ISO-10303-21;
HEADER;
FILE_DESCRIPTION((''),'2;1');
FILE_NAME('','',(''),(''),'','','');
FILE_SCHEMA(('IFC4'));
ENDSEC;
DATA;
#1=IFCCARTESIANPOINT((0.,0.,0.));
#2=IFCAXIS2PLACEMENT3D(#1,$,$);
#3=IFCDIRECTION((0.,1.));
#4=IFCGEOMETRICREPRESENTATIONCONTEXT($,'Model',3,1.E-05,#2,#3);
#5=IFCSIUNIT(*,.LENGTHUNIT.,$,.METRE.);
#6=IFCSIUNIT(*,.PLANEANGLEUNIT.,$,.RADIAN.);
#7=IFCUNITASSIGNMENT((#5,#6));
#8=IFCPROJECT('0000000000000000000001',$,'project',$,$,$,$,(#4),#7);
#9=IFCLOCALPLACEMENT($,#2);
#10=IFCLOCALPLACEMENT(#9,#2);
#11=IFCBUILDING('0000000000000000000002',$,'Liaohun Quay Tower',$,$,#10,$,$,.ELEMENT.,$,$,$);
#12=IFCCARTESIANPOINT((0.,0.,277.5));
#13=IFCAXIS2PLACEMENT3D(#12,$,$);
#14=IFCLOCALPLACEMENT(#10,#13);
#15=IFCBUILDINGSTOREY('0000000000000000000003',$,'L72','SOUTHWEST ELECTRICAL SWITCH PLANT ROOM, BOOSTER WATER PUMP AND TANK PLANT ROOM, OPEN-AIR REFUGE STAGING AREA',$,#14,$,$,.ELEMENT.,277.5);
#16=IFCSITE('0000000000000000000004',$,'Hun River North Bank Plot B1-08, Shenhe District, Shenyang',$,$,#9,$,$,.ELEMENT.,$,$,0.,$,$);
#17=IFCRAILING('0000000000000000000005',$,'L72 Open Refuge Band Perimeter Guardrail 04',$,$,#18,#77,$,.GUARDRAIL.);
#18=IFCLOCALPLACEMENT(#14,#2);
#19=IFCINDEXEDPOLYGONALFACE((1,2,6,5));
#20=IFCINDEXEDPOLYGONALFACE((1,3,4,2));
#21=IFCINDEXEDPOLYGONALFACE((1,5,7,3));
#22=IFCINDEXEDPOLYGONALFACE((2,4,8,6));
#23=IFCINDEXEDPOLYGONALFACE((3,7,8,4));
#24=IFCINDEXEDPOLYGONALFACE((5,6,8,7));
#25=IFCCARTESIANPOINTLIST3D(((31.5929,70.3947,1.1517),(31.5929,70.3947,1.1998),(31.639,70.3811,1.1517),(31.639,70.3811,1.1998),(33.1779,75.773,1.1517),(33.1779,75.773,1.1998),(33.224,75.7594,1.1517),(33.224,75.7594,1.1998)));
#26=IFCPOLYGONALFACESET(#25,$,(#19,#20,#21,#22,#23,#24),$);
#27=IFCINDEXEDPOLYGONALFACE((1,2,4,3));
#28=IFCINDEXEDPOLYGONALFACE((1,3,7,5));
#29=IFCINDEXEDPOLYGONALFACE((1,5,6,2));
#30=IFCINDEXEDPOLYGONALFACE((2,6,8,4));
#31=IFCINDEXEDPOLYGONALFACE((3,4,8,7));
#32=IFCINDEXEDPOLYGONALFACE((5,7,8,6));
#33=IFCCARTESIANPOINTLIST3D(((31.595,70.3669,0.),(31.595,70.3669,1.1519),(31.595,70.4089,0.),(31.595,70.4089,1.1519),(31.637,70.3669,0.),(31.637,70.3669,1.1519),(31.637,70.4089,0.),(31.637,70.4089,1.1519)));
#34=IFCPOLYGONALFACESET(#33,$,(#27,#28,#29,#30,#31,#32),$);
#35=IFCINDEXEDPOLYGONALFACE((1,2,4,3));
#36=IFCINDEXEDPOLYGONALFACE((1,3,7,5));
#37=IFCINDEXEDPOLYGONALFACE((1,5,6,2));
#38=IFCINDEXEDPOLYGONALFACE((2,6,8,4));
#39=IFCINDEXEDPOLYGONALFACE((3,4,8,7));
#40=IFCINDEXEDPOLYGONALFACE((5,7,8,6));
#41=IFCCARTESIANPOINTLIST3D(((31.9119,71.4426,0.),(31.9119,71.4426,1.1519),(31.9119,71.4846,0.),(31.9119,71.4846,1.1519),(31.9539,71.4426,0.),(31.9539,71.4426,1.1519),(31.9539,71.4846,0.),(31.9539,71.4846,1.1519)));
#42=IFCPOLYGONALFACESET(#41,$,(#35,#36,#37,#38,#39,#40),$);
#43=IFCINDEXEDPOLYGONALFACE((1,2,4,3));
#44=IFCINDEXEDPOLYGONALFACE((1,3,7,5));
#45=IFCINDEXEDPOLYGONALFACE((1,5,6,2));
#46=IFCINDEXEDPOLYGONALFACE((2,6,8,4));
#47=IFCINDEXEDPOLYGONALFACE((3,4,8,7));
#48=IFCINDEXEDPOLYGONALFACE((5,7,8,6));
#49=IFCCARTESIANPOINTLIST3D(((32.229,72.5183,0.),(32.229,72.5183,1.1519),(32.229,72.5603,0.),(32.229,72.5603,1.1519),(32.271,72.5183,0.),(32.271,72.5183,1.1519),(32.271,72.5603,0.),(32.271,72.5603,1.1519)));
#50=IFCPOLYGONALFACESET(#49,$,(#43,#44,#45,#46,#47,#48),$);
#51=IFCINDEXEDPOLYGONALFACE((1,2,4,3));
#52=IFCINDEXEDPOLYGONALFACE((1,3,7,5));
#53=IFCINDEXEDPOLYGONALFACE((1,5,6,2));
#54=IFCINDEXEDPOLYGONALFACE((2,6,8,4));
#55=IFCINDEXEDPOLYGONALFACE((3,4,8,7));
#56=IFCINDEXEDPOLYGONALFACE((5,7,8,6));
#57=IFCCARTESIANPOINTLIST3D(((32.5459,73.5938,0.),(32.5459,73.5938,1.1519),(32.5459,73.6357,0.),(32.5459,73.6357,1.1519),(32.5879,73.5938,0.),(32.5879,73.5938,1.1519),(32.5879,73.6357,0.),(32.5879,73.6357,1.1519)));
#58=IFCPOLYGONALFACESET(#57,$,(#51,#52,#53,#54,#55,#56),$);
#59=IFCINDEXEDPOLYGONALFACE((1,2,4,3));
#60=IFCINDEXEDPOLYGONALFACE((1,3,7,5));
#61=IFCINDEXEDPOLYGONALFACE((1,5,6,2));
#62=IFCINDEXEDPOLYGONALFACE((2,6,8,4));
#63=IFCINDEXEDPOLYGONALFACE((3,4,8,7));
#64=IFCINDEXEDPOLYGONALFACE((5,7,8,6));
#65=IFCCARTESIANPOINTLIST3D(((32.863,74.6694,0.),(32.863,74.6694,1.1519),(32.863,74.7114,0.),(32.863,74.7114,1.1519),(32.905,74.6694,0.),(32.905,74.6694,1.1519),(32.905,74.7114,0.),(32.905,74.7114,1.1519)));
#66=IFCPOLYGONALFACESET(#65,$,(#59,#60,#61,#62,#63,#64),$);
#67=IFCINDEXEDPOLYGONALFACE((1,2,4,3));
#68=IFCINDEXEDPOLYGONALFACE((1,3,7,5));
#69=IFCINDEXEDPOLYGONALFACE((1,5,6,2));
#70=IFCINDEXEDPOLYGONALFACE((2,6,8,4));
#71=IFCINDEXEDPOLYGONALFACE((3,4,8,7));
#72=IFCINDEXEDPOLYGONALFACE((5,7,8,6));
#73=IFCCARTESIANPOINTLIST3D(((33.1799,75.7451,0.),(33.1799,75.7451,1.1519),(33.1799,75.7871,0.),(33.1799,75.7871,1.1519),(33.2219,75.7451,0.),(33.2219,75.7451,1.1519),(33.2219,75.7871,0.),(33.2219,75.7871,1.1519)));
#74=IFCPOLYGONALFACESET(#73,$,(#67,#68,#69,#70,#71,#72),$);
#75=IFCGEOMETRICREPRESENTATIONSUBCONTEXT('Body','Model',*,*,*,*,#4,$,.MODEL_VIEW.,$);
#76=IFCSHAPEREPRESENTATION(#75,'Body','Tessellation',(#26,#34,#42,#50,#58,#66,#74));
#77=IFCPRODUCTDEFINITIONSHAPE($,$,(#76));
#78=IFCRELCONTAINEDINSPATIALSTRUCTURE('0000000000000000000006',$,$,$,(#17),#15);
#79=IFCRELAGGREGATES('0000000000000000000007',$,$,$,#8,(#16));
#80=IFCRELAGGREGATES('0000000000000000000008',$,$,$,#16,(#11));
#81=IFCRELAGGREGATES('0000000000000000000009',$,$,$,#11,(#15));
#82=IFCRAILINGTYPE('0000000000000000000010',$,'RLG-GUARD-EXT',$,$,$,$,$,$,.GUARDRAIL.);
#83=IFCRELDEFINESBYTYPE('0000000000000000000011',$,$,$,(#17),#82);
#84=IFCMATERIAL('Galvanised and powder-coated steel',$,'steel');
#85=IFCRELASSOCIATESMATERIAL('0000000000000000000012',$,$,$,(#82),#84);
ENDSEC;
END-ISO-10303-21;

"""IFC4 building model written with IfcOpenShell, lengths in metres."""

from ifc_helpers import new_model, si_unit, direction, frame, origin, origin_2d, place, context, subcontext, project, spatial, rectangle, extrude, material, type_object, element, save


model = new_model("IFC4")

# Units and contexts
model_context = context("Model", 3, precision=1e-05, world=origin(), true_north=direction((0.0, 1.0)))
body_context = subcontext(model_context, "Body", "Model", "MODEL_VIEW")
ifc_project = project(units=[si_unit("LENGTHUNIT", "METRE"), si_unit("PLANEANGLEUNIT", "RADIAN")], contexts=[model_context])

# Site, building, storey
site_placement = place(None, origin())
site = spatial("IfcSite", under=ifc_project, at=site_placement, Name="Hun River North Bank Plot B1-08, Shenhe District, Shenyang", CompositionType="ELEMENT", RefElevation=0.0)
building_placement = place(site_placement, origin())
building = spatial("IfcBuilding", under=site, at=building_placement, Name="Liaohun Quay Tower", CompositionType="ELEMENT")
storey_placement = place(building_placement, frame((0.0, 0.0, 277.5)))
storey = spatial("IfcBuildingStorey", under=building, at=storey_placement, Name="L72", Description="SOUTHWEST ELECTRICAL SWITCH PLANT ROOM, BOOSTER WATER PUMP AND TANK PLANT ROOM, OPEN-AIR REFUGE STAGING AREA", CompositionType="ELEMENT", Elevation=277.5)

# Railing
ifc_material_1 = material(Name="Galvanised and powder-coated steel", Category="steel")
railing_type = type_object("IfcRailingType", Name="RLG-GUARD-EXT", PredefinedType="GUARDRAIL", material=ifc_material_1)
railing_1_placement = place(storey_placement, frame((31.616, 70.3879, 0.0)))
element("IfcRailing", 1, at=railing_1_placement, inside=storey, type_object=railing_type, Name="L72 Open Refuge Band Perimeter Guardrail 04", PredefinedType="GUARDRAIL", context=body_context, shape_type="SweptSolid", body=[
    extrude(rectangle(XDim=0.0481, YDim=0.0481, at=origin_2d()), frame((0.0, 0.0, 1.1758), z_axis=(0.282683, 0.959214, 0.0), x_axis=(-0.959214, 0.282683, 0.0)), (0.0, 0.0, 1.0), 5.6069),
    extrude(rectangle(XDim=0.042, YDim=0.042, at=origin_2d()), origin(), (0.0, 0.0, 1.0), 1.1519),
    extrude(rectangle(XDim=0.042, YDim=0.042, at=origin_2d()), frame((0.3169, 1.0757, 0.0)), (0.0, 0.0, 1.0), 1.1519),
    extrude(rectangle(XDim=0.042, YDim=0.042, at=origin_2d()), frame((0.634, 2.1514, 0.0)), (0.0, 0.0, 1.0), 1.1519),
    extrude(rectangle(XDim=0.042, YDim=0.042, at=origin_2d()), frame((0.9509, 3.2268, 0.0)), (0.0, 0.0, 1.0), 1.1519),
    extrude(rectangle(XDim=0.042, YDim=0.042, at=origin_2d()), frame((1.2681, 4.3025, 0.0)), (0.0, 0.0, 1.0), 1.1519),
    extrude(rectangle(XDim=0.042, YDim=0.042, at=origin_2d()), frame((1.585, 5.3782, 0.0)), (0.0, 0.0, 1.0), 1.1519),
])

save(model, "model.ifc")
